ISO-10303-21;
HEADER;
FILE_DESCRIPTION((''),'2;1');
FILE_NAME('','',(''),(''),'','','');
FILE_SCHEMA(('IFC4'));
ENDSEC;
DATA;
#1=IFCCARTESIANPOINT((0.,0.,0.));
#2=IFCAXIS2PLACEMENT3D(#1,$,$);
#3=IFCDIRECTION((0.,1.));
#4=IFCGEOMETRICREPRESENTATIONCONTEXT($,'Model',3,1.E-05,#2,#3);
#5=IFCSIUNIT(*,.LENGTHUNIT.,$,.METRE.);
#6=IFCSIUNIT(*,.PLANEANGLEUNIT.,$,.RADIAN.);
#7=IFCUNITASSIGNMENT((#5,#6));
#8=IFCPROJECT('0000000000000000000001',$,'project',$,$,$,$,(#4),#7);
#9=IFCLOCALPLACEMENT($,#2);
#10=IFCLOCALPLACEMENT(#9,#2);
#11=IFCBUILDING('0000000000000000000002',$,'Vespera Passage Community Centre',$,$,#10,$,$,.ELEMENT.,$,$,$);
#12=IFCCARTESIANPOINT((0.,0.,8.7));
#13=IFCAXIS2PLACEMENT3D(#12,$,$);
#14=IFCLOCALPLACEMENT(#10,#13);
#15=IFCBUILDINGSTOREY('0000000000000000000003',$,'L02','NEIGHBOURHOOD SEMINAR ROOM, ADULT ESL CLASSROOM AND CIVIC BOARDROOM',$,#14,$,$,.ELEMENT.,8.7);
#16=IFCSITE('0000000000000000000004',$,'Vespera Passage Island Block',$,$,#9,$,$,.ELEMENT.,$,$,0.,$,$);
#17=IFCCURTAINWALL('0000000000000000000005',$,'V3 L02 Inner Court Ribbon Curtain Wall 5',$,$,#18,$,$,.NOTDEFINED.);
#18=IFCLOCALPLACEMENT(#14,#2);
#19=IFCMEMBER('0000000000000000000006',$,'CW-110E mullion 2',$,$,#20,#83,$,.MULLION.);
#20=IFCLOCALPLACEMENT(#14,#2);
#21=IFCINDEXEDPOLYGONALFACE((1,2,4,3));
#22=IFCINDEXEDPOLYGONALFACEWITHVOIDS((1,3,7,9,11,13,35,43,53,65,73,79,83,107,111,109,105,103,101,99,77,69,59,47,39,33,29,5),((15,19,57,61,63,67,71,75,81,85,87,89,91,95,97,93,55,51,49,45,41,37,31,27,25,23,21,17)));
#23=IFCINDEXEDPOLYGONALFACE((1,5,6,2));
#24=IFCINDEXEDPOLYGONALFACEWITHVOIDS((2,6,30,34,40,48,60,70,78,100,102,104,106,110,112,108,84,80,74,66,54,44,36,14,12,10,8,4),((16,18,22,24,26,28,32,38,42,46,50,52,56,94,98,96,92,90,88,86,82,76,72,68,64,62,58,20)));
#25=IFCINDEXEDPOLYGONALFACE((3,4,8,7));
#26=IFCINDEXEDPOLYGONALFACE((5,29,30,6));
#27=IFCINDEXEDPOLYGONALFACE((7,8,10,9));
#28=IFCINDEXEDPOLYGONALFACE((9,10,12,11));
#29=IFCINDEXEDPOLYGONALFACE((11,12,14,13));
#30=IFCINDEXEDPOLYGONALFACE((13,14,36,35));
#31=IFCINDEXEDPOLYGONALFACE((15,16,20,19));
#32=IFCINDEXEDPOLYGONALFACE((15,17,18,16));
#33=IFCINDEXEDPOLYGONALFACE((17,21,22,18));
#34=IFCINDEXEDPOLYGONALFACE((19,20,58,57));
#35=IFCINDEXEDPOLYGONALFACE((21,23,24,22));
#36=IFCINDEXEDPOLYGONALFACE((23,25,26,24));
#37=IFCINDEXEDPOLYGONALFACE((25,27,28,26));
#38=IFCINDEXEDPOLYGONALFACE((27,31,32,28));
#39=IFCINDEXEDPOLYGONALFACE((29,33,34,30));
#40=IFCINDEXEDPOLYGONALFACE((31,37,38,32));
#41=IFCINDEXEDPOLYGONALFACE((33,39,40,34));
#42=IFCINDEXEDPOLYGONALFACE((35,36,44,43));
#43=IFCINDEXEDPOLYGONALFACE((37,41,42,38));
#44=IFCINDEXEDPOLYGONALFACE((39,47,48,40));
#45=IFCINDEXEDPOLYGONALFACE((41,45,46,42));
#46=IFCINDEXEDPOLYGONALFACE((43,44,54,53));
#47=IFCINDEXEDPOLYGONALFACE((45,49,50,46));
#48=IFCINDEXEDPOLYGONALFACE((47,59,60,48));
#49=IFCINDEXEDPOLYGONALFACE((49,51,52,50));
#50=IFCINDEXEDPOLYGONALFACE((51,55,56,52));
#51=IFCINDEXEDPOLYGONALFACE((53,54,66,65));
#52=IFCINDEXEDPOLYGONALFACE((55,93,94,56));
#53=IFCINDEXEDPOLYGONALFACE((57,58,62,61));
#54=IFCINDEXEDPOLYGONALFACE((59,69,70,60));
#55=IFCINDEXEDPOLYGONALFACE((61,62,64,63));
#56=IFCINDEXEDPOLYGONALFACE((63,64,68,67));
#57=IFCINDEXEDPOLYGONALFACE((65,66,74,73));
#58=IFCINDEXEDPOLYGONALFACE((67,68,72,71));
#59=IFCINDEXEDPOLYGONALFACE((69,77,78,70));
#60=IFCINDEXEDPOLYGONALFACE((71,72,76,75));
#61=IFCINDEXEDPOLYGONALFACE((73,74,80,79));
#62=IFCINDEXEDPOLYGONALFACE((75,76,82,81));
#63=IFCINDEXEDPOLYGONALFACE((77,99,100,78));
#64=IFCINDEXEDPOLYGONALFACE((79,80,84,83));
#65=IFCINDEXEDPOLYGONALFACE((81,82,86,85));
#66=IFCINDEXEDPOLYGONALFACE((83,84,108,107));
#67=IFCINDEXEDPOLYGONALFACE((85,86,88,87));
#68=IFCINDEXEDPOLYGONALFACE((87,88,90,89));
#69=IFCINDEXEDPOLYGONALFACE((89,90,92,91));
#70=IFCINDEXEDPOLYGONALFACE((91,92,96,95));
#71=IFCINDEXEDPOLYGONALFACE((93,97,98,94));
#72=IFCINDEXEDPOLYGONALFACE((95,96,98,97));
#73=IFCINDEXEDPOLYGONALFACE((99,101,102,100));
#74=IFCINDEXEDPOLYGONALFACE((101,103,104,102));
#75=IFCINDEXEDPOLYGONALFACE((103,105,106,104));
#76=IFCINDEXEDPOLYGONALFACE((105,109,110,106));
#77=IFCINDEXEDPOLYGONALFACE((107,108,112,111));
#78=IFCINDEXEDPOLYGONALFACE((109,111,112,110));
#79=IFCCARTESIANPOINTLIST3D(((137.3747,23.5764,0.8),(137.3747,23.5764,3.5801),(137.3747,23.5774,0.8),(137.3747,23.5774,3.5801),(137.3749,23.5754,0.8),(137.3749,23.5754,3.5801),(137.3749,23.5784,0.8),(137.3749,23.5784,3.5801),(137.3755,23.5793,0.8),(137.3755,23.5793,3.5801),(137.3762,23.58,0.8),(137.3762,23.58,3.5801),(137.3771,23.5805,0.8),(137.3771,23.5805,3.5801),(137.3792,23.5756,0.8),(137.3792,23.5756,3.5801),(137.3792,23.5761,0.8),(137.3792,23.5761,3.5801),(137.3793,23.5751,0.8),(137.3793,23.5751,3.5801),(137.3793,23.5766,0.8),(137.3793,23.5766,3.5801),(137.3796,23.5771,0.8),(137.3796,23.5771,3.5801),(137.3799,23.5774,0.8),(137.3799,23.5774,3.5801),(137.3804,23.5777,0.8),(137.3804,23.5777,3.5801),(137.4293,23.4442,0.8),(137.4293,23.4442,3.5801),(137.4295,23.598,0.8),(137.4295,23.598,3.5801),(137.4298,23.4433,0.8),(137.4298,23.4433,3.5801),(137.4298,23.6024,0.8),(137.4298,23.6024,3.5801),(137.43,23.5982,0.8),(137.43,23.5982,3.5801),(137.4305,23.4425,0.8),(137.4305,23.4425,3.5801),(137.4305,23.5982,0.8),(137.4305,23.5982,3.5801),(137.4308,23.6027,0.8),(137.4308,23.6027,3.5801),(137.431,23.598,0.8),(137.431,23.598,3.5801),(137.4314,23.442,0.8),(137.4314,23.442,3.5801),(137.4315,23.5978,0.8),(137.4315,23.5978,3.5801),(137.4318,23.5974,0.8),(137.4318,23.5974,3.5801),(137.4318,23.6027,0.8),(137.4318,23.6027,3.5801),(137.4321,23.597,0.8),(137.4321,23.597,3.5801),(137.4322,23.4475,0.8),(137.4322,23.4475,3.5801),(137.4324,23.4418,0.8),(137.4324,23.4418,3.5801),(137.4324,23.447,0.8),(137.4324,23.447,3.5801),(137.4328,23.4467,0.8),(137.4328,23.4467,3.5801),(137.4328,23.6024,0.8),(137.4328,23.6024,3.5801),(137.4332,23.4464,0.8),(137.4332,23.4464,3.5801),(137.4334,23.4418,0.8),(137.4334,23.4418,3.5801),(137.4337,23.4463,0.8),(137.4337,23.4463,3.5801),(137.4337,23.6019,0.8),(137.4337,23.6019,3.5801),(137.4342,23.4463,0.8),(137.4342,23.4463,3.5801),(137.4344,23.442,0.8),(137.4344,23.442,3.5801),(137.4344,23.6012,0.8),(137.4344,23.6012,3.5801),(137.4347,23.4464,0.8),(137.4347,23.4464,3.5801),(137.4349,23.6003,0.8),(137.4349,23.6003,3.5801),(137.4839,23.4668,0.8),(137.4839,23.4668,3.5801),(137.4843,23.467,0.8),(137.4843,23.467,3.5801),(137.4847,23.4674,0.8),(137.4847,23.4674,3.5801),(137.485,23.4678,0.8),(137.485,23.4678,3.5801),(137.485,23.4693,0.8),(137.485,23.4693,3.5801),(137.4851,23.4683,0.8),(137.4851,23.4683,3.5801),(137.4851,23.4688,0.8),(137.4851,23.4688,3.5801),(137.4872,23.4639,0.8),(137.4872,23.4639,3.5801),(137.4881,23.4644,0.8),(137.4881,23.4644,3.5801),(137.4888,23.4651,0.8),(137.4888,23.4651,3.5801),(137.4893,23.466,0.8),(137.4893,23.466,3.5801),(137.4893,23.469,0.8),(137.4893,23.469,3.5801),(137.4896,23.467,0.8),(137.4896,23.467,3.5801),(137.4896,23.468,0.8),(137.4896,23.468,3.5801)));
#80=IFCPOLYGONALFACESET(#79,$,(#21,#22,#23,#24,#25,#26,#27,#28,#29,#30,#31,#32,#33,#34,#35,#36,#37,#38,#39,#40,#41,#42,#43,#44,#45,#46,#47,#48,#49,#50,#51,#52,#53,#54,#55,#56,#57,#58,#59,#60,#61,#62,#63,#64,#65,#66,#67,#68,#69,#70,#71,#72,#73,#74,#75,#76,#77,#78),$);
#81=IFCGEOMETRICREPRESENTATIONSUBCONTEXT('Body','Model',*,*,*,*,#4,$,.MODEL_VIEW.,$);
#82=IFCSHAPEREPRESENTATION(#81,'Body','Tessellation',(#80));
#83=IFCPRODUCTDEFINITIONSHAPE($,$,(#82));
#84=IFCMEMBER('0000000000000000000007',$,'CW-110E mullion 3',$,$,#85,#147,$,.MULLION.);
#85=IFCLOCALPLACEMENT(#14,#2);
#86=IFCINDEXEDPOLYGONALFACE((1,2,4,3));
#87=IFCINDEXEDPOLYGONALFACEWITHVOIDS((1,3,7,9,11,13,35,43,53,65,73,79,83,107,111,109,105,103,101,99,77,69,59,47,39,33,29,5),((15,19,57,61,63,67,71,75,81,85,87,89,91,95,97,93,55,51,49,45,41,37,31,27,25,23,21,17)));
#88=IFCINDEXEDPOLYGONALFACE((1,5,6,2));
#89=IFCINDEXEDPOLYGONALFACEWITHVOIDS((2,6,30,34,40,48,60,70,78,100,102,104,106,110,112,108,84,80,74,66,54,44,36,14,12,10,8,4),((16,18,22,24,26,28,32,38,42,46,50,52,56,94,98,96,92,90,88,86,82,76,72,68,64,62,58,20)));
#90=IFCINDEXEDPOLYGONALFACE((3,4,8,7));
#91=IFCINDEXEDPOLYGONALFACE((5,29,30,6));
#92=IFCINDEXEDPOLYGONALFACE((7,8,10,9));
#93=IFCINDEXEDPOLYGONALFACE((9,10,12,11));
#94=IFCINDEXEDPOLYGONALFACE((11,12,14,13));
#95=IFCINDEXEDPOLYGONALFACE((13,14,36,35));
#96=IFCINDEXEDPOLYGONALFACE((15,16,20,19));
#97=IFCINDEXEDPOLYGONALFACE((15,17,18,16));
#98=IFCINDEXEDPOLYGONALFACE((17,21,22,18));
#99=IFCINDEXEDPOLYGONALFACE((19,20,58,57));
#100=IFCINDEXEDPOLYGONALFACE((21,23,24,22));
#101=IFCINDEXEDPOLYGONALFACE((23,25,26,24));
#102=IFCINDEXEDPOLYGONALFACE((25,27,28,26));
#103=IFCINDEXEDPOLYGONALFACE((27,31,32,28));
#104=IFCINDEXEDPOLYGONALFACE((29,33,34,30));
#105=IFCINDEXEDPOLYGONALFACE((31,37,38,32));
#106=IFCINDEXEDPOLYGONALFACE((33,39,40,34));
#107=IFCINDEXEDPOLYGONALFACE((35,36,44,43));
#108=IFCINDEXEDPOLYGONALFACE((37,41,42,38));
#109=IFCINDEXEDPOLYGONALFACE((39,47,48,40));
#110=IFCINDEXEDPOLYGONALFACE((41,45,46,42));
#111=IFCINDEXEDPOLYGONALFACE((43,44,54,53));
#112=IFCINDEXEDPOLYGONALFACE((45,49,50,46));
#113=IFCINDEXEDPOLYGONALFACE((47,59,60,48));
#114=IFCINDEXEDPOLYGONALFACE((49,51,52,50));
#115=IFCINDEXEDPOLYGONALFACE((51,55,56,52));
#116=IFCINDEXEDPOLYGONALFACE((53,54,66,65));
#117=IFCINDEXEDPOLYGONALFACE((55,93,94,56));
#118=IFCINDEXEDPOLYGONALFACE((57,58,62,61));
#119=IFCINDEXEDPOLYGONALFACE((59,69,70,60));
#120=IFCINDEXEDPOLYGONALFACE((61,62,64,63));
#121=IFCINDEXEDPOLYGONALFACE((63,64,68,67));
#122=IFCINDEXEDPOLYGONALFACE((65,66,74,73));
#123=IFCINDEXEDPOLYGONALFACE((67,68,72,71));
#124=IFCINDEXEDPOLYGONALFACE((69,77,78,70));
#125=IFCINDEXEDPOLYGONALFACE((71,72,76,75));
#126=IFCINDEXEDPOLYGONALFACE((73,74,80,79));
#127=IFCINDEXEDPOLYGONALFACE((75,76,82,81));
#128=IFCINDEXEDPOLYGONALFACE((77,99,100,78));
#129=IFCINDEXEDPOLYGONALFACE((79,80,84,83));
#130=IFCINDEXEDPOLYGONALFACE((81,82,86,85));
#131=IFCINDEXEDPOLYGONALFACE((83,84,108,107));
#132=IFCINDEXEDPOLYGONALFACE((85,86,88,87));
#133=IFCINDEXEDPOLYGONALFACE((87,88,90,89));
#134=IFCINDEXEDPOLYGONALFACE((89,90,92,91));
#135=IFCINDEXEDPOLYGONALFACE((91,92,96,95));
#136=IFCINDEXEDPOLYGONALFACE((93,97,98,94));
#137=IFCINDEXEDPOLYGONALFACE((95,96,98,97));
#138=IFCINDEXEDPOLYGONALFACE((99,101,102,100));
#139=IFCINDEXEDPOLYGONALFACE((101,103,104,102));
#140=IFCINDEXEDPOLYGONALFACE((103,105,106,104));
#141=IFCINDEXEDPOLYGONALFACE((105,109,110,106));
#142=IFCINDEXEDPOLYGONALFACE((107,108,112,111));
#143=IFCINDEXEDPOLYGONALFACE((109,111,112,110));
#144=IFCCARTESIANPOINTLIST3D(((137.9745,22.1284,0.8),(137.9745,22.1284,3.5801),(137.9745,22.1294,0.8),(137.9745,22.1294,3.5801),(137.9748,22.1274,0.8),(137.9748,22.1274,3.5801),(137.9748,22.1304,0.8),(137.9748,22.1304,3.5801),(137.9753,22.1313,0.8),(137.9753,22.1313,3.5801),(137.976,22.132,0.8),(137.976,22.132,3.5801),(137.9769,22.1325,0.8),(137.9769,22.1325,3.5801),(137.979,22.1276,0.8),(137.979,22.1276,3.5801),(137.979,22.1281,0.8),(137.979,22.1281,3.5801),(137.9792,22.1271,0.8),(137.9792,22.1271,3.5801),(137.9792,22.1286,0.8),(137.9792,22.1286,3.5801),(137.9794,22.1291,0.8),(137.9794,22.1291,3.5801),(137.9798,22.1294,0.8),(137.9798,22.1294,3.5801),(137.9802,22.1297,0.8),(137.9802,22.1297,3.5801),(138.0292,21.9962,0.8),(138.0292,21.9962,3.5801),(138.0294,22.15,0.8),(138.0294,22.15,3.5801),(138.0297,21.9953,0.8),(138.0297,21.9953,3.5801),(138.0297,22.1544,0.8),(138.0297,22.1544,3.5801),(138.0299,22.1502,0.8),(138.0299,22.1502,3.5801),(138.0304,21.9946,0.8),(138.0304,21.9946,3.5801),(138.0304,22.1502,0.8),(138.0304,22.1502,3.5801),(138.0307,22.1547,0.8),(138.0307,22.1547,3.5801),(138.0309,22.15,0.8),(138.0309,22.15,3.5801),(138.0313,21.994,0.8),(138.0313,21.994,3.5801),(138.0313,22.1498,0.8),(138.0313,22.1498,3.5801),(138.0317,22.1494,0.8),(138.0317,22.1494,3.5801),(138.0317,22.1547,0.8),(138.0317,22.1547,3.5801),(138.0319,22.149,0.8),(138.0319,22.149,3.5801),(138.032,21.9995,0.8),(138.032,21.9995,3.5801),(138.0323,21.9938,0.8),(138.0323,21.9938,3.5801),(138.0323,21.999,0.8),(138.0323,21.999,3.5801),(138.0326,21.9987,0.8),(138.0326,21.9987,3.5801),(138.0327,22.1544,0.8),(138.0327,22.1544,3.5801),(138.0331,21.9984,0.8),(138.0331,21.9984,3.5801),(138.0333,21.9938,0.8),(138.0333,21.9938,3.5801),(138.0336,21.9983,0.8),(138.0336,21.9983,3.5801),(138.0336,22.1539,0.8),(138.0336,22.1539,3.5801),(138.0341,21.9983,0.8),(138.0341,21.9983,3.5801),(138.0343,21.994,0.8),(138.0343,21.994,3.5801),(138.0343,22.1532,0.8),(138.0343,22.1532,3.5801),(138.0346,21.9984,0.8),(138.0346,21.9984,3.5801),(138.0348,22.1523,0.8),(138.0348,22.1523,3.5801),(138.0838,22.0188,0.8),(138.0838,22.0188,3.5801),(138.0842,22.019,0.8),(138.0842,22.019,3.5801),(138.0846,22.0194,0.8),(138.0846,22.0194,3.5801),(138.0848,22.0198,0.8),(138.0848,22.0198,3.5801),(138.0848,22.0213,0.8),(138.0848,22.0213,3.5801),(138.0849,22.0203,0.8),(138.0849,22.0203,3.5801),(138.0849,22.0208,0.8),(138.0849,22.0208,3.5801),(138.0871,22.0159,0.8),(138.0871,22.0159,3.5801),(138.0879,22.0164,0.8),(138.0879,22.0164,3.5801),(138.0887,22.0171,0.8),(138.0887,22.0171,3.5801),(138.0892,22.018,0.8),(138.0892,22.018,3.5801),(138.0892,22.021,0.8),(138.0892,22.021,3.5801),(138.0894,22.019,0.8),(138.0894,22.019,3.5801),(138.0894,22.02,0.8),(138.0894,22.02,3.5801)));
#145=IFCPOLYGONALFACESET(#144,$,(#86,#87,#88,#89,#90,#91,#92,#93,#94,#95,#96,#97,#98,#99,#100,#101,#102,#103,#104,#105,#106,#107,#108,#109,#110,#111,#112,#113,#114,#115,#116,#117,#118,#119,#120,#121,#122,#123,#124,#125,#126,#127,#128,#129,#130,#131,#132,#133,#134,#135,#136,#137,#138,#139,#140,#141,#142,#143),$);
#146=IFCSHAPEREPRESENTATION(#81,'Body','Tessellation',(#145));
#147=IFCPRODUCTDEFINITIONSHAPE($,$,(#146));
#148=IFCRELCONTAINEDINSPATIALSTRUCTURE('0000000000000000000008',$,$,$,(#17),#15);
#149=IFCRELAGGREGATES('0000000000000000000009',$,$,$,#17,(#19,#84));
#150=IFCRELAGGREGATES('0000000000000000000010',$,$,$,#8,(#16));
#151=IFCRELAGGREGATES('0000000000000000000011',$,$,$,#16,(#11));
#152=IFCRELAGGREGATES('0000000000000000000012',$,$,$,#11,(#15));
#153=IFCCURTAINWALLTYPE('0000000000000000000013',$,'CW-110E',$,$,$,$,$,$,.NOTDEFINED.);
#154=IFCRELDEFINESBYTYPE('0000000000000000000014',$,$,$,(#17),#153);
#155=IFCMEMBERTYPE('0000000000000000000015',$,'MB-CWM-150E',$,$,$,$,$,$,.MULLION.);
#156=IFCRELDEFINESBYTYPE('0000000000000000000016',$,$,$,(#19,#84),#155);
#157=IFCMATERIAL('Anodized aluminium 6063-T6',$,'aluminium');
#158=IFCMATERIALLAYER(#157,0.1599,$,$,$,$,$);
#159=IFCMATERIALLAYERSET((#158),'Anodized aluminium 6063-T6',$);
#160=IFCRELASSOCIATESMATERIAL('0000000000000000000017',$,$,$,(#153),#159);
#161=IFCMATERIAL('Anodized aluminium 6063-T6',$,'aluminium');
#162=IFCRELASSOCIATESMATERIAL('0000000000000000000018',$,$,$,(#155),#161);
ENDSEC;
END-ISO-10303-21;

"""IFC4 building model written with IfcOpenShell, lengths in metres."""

from ifc_helpers import new_model, si_unit, direction, frame, origin, origin_2d, place, context, subcontext, project, spatial, hollow_rectangle, extrude, material, layer, layer_set, material_profile, profile_set, type_object, element, aggregate, save


model = new_model("IFC4")

# Units and contexts
model_context = context("Model", 3, precision=1e-05, world=origin(), true_north=direction((0.0, 1.0)))
body_context = subcontext(model_context, "Body", "Model", "MODEL_VIEW")
ifc_project = project(units=[si_unit("LENGTHUNIT", "METRE"), si_unit("PLANEANGLEUNIT", "RADIAN")], contexts=[model_context])

# Site, building, storey
site_placement = place(None, origin())
site = spatial("IfcSite", under=ifc_project, at=site_placement, Name="Vespera Passage Island Block", CompositionType="ELEMENT", RefElevation=0.0)
building_placement = place(site_placement, origin())
building = spatial("IfcBuilding", under=site, at=building_placement, Name="Vespera Passage Community Centre", CompositionType="ELEMENT")
storey_placement = place(building_placement, frame((0.0, 0.0, 8.7)))
storey = spatial("IfcBuildingStorey", under=building, at=storey_placement, Name="L02", Description="NEIGHBOURHOOD SEMINAR ROOM, ADULT ESL CLASSROOM AND CIVIC BOARDROOM", CompositionType="ELEMENT", Elevation=8.7)

# Curtain wall, members
ifc_material_1 = material(Name="Anodized aluminium 6063-T6", Category="aluminium")
ifc_layer_1 = layer(ifc_material_1, 0.1599)
ifc_layer_set_1 = layer_set([ifc_layer_1], Name="Anodized aluminium 6063-T6")
curtain_wall_type = type_object("IfcCurtainWallType", Name="CW-110E", PredefinedType="NOTDEFINED", material=ifc_layer_set_1)
curtain_wall_1_placement = place(storey_placement, origin())
curtain_wall_1 = element("IfcCurtainWall", 1, at=curtain_wall_1_placement, inside=storey, type_object=curtain_wall_type, Name="V3 L02 Inner Court Ribbon Curtain Wall 5", PredefinedType="NOTDEFINED")
ifc_material_2 = material(Name="Anodized aluminium 6063-T6", Category="aluminium")
ifc_material_profile_1 = material_profile(ifc_material_2, hollow_rectangle(XDim=0.0649, YDim=0.1499, WallThickness=0.0039, InnerFilletRadius=0.002, OuterFilletRadius=0.0039, at=origin_2d()), Name="ALU150X65X4")
ifc_profile_set_1 = profile_set([ifc_material_profile_1], Name="Anodized aluminium 6063-T6")
member_type_1 = type_object("IfcMemberType", Name="MB-CWM-150E", PredefinedType="MULLION", material=ifc_profile_set_1)
member_1_placement = place(storey_placement, frame((137.4321, 23.5222, 0.8), z_axis=(0.0, 0.0, 1.0), x_axis=(0.923879, 0.382686, 0.0)))
member_1 = element("IfcMember", 2, at=member_1_placement, type_object=member_type_1, Name="CW-110E mullion 2", PredefinedType="MULLION", context=body_context, shape_type="SweptSolid", body=[
    extrude(hollow_rectangle(XDim=0.0649, YDim=0.1499, WallThickness=0.0039, InnerFilletRadius=0.002, OuterFilletRadius=0.0039, at=origin_2d()), origin(), (0.0, 0.0, 1.0), 2.78),
])
member_2_placement = place(storey_placement, frame((138.032, 22.0742, 0.8), z_axis=(0.0, 0.0, 1.0), x_axis=(0.923879, 0.382686, 0.0)))
member_2 = element("IfcMember", 3, at=member_2_placement, type_object=member_type_1, Name="CW-110E mullion 3", PredefinedType="MULLION", context=body_context, shape_type="SweptSolid", body=[
    extrude(hollow_rectangle(XDim=0.0649, YDim=0.1499, WallThickness=0.0039, InnerFilletRadius=0.002, OuterFilletRadius=0.0039, at=origin_2d()), origin(), (0.0, 0.0, 1.0), 2.78),
])

aggregate(curtain_wall_1, [member_1, member_2])

save(model, "model.ifc")
